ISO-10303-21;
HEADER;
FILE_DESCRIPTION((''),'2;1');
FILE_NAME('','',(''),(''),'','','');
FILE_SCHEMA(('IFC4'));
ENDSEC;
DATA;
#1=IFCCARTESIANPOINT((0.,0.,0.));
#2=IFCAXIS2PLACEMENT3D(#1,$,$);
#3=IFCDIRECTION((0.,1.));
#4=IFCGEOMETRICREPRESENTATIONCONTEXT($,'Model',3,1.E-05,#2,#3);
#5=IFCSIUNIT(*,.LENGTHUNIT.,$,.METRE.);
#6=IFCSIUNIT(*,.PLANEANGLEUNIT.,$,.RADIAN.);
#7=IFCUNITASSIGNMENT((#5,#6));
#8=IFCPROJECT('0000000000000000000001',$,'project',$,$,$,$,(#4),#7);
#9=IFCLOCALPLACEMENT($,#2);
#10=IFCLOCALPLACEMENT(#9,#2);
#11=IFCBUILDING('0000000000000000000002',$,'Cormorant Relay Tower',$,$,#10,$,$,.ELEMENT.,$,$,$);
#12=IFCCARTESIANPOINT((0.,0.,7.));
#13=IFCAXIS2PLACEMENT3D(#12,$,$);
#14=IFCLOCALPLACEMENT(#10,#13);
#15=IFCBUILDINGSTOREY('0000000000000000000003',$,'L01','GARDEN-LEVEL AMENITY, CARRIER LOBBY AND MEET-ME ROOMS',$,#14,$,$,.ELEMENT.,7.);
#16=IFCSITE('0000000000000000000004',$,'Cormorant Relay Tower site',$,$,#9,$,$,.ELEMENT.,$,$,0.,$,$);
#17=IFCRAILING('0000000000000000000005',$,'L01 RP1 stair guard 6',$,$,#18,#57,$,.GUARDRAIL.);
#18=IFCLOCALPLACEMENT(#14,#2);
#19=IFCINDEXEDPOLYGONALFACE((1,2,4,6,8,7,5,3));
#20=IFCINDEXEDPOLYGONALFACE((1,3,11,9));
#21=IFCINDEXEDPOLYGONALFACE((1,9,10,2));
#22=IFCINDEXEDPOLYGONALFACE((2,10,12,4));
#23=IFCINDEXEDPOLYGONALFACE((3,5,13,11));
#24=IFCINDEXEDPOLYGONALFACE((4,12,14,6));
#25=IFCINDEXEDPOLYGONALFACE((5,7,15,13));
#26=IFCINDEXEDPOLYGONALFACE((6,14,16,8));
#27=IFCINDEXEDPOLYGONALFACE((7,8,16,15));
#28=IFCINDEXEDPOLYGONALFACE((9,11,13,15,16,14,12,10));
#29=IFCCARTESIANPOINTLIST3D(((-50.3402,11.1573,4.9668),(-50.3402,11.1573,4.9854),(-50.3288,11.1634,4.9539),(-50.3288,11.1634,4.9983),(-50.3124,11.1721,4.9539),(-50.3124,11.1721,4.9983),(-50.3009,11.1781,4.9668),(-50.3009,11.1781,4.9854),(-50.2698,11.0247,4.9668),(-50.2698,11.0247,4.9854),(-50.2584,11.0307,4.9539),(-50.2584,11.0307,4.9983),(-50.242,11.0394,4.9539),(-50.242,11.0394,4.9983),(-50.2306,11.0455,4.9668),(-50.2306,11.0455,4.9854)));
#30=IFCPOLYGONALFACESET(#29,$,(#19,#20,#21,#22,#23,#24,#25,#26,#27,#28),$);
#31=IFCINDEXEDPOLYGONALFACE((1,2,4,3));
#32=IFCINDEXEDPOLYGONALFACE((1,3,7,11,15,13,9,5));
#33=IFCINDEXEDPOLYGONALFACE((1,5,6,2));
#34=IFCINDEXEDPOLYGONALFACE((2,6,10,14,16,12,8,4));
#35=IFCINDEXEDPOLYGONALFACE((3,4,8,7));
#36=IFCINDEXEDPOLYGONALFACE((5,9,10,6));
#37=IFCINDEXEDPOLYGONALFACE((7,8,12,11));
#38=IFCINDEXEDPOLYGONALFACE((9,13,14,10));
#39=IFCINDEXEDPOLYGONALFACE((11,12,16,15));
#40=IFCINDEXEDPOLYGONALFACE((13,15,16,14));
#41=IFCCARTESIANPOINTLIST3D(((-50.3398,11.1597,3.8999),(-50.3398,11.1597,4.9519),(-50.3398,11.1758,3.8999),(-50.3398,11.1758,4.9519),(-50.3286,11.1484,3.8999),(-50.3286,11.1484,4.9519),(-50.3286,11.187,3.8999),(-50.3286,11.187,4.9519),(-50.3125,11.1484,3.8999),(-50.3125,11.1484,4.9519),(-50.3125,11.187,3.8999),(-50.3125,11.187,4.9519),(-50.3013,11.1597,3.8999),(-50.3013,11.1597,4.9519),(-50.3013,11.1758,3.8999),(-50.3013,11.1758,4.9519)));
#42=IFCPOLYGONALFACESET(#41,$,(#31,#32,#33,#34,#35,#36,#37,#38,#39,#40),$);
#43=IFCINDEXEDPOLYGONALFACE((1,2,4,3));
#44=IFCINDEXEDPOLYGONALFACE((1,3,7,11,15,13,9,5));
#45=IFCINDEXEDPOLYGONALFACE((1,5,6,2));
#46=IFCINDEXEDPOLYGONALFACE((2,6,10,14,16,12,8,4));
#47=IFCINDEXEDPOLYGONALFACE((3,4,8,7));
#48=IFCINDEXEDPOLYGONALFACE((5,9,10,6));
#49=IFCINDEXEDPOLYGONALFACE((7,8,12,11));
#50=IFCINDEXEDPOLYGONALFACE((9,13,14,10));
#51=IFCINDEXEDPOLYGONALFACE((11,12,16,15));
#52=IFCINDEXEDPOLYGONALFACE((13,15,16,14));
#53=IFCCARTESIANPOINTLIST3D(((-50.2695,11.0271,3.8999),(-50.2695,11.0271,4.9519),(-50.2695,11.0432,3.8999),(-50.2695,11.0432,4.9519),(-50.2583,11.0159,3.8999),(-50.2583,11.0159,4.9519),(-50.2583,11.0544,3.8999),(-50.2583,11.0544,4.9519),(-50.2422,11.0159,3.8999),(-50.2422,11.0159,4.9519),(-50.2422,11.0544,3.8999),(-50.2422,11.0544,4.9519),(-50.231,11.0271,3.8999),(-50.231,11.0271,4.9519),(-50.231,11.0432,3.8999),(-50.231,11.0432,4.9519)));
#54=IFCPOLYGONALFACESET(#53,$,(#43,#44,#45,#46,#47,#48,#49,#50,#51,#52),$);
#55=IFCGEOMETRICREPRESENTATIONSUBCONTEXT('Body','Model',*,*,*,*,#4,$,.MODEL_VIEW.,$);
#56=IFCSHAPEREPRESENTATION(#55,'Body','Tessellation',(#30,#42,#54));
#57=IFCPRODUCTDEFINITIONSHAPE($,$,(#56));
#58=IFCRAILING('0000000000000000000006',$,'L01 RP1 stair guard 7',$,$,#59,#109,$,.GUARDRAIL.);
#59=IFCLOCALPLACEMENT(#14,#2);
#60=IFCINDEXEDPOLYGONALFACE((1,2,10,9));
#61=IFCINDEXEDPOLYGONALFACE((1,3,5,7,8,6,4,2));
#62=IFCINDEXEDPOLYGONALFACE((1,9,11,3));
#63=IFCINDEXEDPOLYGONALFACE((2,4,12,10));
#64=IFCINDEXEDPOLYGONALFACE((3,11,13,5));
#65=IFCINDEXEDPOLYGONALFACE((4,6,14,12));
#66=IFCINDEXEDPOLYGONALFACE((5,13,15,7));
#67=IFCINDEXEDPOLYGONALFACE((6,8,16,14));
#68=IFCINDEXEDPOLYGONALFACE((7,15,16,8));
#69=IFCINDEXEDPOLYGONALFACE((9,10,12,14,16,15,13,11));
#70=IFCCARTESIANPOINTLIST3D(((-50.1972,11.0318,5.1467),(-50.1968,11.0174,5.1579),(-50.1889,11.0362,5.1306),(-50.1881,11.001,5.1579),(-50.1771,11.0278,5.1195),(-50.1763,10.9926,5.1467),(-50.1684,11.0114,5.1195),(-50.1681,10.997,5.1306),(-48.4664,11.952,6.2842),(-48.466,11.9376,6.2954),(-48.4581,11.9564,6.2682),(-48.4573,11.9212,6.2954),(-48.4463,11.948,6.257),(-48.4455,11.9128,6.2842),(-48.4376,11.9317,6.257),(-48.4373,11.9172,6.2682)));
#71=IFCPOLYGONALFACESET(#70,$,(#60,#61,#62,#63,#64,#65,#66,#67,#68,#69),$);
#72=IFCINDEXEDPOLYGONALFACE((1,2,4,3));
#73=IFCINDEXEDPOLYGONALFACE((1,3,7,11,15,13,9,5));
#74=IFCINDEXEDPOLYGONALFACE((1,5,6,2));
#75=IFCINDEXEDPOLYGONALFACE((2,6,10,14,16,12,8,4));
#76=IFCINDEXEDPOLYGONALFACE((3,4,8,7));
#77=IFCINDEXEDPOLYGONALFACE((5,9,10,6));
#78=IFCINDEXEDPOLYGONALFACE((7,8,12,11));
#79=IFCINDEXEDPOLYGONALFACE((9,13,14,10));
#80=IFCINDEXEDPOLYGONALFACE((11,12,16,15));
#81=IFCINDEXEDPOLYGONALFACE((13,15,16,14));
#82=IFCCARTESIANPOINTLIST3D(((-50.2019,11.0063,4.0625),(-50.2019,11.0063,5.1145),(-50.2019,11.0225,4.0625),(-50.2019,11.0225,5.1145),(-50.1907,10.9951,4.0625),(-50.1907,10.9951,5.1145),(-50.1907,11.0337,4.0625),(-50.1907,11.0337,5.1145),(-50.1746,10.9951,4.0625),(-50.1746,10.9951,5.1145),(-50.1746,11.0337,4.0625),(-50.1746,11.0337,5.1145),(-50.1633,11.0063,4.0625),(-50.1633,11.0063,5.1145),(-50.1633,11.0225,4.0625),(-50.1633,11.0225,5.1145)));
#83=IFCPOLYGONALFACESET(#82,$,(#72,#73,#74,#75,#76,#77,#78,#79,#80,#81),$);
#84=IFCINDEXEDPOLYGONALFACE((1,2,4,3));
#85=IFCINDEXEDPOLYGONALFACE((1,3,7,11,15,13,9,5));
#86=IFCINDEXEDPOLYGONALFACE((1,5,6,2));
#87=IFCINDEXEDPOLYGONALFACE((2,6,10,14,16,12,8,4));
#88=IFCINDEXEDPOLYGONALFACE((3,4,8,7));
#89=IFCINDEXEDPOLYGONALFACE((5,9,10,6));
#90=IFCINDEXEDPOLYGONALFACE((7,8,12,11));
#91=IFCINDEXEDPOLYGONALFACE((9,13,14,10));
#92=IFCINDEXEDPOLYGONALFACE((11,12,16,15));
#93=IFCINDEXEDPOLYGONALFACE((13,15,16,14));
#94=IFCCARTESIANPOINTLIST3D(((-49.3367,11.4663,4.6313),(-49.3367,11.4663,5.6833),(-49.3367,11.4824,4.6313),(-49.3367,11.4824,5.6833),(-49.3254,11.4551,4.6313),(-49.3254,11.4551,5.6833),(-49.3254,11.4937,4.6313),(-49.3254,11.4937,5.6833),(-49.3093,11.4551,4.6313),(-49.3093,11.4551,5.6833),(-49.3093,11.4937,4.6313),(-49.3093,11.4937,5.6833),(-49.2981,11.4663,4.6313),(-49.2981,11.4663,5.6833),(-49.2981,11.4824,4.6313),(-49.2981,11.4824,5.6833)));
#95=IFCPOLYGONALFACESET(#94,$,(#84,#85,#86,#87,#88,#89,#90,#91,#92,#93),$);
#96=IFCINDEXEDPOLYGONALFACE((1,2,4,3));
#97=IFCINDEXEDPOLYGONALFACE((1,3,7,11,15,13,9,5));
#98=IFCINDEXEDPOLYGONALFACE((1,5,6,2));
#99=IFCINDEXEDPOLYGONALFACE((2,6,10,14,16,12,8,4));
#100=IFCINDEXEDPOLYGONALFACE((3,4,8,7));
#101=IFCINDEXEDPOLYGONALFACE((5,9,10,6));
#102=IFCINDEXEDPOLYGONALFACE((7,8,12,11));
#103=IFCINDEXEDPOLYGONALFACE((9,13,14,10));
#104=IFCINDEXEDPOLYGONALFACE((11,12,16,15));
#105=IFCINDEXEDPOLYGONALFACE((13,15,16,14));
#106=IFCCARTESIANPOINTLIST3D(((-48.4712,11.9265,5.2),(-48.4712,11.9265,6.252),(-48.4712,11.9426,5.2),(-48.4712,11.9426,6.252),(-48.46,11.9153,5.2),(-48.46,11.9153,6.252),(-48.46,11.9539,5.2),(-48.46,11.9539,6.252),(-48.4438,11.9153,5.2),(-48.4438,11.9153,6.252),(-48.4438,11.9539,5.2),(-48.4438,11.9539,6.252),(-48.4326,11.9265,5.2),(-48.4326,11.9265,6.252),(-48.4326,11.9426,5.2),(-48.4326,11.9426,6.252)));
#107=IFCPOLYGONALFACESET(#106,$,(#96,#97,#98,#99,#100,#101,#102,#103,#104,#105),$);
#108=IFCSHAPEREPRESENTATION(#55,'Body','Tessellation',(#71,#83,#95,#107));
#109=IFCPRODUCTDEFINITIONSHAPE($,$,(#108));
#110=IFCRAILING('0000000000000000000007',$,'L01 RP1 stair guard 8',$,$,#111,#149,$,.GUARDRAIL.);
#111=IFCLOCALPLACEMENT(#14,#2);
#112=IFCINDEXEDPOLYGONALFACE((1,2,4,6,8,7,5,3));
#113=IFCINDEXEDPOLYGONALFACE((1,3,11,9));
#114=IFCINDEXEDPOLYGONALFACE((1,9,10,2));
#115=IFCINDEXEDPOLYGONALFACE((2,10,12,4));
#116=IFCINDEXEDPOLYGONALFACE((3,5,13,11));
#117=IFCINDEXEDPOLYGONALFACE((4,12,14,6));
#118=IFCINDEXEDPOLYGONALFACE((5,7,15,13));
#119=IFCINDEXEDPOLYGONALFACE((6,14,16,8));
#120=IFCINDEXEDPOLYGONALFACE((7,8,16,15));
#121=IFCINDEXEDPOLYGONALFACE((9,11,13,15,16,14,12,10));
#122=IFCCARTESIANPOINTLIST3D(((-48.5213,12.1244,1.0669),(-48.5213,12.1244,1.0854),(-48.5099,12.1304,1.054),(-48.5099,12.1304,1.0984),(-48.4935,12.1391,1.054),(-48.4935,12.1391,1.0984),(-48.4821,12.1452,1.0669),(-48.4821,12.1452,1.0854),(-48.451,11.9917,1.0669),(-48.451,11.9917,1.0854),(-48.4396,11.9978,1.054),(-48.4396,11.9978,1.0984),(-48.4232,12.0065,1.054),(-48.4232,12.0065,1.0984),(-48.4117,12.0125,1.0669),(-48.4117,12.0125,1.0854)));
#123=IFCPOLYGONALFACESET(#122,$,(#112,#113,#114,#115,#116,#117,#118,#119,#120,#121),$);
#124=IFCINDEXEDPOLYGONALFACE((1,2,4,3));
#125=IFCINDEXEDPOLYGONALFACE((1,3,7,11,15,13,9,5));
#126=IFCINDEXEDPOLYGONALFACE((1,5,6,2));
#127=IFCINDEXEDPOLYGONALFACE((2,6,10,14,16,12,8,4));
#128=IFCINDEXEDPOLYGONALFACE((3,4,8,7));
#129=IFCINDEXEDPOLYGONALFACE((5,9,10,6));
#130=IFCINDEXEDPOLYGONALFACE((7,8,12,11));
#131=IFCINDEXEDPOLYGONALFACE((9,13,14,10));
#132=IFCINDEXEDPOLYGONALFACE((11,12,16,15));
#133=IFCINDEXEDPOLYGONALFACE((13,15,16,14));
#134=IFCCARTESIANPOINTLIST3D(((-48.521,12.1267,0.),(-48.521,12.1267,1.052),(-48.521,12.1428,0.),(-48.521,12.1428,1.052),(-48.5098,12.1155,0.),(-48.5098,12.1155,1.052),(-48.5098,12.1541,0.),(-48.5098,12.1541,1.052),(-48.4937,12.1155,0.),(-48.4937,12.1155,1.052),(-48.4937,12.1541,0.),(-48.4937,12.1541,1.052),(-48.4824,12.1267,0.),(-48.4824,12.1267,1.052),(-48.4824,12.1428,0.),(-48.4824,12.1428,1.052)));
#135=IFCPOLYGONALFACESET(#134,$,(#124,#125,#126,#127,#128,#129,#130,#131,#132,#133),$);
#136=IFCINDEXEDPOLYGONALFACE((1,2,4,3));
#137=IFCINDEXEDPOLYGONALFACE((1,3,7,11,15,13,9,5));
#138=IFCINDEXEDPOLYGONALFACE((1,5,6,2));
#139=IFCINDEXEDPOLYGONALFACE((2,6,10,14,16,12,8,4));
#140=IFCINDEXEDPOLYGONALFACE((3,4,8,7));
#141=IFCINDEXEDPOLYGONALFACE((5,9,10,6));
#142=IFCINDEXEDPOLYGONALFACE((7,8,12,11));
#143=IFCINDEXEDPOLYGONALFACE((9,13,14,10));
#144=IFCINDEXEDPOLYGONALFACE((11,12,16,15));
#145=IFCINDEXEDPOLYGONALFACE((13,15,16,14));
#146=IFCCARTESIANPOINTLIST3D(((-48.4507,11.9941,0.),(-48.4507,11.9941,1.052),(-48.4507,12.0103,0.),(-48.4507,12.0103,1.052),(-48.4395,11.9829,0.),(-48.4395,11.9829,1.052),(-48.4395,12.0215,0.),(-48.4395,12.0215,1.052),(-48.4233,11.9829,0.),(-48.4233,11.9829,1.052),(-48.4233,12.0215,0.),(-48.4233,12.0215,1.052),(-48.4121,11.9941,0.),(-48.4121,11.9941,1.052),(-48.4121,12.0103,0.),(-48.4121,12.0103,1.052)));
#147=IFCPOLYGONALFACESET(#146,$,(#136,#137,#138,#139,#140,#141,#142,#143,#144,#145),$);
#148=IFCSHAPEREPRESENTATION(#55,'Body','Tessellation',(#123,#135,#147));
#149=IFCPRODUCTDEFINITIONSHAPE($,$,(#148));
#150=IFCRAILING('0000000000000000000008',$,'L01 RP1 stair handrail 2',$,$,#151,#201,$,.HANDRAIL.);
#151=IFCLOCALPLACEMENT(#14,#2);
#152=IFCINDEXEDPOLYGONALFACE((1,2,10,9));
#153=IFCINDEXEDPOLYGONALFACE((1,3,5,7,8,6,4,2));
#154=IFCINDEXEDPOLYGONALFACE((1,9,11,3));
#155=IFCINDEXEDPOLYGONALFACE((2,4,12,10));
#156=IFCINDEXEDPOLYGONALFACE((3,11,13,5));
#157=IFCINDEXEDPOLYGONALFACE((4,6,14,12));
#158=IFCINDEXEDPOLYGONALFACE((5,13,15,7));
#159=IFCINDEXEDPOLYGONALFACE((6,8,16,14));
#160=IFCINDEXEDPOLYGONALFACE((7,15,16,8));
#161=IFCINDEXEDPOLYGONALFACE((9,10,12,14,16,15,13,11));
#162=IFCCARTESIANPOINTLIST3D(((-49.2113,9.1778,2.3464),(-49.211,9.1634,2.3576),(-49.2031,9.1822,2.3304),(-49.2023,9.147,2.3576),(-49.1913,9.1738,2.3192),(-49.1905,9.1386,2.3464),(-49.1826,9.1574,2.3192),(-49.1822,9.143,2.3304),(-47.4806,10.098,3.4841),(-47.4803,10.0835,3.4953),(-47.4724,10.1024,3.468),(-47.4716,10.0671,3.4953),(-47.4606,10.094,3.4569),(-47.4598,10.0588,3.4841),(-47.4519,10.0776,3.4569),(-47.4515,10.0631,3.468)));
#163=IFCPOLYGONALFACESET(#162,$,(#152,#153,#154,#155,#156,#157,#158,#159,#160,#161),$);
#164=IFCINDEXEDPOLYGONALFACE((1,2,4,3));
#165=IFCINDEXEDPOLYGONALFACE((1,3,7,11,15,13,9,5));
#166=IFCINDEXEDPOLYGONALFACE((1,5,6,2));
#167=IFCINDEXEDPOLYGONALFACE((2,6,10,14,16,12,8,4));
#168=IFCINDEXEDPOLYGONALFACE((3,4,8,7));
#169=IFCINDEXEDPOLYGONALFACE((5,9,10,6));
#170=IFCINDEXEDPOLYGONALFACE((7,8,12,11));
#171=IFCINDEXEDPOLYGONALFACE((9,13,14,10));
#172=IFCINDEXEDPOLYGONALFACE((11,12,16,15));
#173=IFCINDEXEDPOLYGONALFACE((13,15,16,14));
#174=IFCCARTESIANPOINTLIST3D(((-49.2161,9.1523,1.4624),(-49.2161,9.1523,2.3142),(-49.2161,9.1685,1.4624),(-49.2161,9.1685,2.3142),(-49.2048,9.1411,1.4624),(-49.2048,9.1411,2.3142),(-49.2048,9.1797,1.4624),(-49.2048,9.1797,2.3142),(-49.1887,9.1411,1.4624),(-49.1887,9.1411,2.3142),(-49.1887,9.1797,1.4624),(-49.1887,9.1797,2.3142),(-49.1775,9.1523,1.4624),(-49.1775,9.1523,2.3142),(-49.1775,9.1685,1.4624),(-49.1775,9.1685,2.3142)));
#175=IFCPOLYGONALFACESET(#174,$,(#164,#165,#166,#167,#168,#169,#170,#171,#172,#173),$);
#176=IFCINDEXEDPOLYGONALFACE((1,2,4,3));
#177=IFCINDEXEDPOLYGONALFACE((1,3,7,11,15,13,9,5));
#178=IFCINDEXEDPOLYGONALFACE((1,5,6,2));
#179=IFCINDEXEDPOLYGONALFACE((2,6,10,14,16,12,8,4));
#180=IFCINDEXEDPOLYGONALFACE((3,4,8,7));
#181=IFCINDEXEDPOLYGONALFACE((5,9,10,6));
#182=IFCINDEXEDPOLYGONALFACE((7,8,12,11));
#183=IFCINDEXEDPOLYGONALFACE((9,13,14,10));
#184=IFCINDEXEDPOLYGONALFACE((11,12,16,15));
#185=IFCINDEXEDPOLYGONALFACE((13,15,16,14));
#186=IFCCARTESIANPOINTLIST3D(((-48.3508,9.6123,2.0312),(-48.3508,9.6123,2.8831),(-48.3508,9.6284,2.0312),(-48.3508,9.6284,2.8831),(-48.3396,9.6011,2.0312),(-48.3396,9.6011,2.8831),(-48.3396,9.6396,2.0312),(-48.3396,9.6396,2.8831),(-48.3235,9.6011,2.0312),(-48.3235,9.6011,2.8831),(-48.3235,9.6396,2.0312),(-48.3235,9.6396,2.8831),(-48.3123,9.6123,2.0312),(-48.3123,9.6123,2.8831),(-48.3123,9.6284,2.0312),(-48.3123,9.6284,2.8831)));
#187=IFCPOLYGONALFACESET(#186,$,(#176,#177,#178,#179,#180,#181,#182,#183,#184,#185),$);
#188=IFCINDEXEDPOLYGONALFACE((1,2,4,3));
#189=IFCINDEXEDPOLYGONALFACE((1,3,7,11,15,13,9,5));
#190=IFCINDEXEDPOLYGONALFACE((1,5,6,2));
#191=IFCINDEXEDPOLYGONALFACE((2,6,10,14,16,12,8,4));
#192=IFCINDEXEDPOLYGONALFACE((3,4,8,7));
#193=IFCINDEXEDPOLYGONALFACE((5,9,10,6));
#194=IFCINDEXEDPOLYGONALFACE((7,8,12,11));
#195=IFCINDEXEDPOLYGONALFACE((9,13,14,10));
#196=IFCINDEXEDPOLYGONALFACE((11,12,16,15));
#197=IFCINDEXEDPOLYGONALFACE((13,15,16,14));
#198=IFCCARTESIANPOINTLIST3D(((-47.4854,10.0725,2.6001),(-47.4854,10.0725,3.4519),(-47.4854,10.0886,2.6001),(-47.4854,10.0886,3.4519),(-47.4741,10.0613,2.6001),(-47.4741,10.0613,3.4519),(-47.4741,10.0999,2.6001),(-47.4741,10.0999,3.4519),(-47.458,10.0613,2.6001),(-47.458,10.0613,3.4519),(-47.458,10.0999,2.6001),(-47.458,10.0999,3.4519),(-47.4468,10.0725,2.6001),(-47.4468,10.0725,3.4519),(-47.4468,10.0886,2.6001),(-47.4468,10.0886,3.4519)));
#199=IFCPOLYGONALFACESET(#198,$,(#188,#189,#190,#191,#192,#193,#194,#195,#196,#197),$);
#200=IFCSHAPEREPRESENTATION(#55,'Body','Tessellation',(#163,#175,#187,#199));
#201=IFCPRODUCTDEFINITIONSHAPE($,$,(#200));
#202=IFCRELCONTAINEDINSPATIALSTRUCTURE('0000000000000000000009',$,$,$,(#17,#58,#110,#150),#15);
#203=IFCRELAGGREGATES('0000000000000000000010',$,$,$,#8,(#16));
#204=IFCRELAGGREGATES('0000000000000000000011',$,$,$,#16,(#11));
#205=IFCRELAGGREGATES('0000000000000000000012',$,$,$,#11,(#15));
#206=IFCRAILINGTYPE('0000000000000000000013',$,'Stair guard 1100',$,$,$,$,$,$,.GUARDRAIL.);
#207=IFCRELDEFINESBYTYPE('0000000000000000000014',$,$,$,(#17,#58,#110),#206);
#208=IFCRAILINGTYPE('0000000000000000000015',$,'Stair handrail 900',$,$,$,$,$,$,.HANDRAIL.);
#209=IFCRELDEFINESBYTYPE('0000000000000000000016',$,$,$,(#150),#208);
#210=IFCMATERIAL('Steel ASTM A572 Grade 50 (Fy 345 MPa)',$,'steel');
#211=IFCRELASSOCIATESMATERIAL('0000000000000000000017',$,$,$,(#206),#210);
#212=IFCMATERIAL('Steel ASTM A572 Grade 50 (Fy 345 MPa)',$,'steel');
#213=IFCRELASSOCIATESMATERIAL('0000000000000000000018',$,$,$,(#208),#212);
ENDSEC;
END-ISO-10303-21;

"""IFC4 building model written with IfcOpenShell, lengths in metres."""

from ifc_helpers import new_model, si_unit, direction, frame, origin, place, context, subcontext, project, spatial, polyline, outline, extrude, material, type_object, element, save


model = new_model("IFC4")

# Units and contexts
model_context = context("Model", 3, precision=1e-05, world=origin(), true_north=direction((0.0, 1.0)))
body_context = subcontext(model_context, "Body", "Model", "MODEL_VIEW")
ifc_project = project(units=[si_unit("LENGTHUNIT", "METRE"), si_unit("PLANEANGLEUNIT", "RADIAN")], contexts=[model_context])

# Site, building, storey
site_placement = place(None, origin())
site = spatial("IfcSite", under=ifc_project, at=site_placement, Name="Cormorant Relay Tower site", CompositionType="ELEMENT", RefElevation=0.0)
building_placement = place(site_placement, origin())
building = spatial("IfcBuilding", under=site, at=building_placement, Name="Cormorant Relay Tower", CompositionType="ELEMENT")
storey_placement = place(building_placement, frame((0.0, 0.0, 7.0)))
storey = spatial("IfcBuildingStorey", under=building, at=storey_placement, Name="L01", Description="GARDEN-LEVEL AMENITY, CARRIER LOBBY AND MEET-ME ROOMS", CompositionType="ELEMENT", Elevation=7.0)

# Railings
ifc_material_1 = material(Name="Steel ASTM A572 Grade 50 (Fy 345 MPa)", Category="steel")
railing_type_1 = type_object("IfcRailingType", Name="Stair guard 1100", PredefinedType="GUARDRAIL", material=ifc_material_1)
railing_1_placement = place(storey_placement, frame((-50.3206, 11.1677, 3.8999)))
element("IfcRailing", 1, at=railing_1_placement, inside=storey, type_object=railing_type_1, Name="L01 RP1 stair guard 6", PredefinedType="GUARDRAIL", context=body_context, shape_type="SweptSolid", body=[
    extrude(outline(polyline([(0.0222, 0.0093), (0.0093, 0.0222), (-0.0093, 0.0222), (-0.0222, 0.0093), (-0.0222, -0.0093), (-0.0093, -0.0222), (0.0093, -0.0222), (0.0222, -0.0093), (0.0222, 0.0093)])), frame((0.0, 0.0, 1.0762), z_axis=(0.46856, -0.883431, 0.0), x_axis=(0.883431, 0.46856, 0.0)), (0.0, 0.0, 1.0), 0.1501),
    extrude(outline(polyline([(0.0193, 0.0081), (0.0081, 0.0193), (-0.0081, 0.0193), (-0.0193, 0.0081), (-0.0193, -0.0081), (-0.0081, -0.0193), (0.0081, -0.0193), (0.0193, -0.0081), (0.0193, 0.0081)])), origin(), (0.0, 0.0, 1.0), 1.052),
    extrude(outline(polyline([(0.0193, 0.0081), (0.0081, 0.0193), (-0.0081, 0.0193), (-0.0193, 0.0081), (-0.0193, -0.0081), (-0.0081, -0.0193), (0.0081, -0.0193), (0.0193, -0.0081), (0.0193, 0.0081)])), frame((0.0703, -0.1326, 0.0)), (0.0, 0.0, 1.0), 1.052),
])
railing_2_placement = place(storey_placement, frame((-50.1826, 11.0144, 4.0625)))
element("IfcRailing", 2, at=railing_2_placement, inside=storey, type_object=railing_type_1, Name="L01 RP1 stair guard 7", PredefinedType="GUARDRAIL", context=body_context, shape_type="SweptSolid", body=[
    extrude(outline(polyline([(0.0222, 0.0093), (0.0093, 0.0222), (-0.0093, 0.0222), (-0.0222, 0.0093), (-0.0222, -0.0093), (-0.0093, -0.0222), (0.0093, -0.0222), (0.0222, -0.0093), (0.0222, 0.0093)])), frame((0.0, 0.0, 1.0762), z_axis=(0.763692, 0.406031, 0.50191), x_axis=(-0.469444, 0.882962, 0.0)), (0.0, 0.0, 1.0), 2.2664),
    extrude(outline(polyline([(0.0193, 0.0081), (0.0081, 0.0193), (-0.0081, 0.0193), (-0.0193, 0.0081), (-0.0193, -0.0081), (-0.0081, -0.0193), (0.0081, -0.0193), (0.0193, -0.0081), (0.0193, 0.0081)])), origin(), (0.0, 0.0, 1.0), 1.052),
    extrude(outline(polyline([(0.0193, 0.0081), (0.0081, 0.0193), (-0.0081, 0.0193), (-0.0193, 0.0081), (-0.0193, -0.0081), (-0.0081, -0.0193), (0.0081, -0.0193), (0.0193, -0.0081), (0.0193, 0.0081)])), frame((0.8652, 0.46, 0.5688)), (0.0, 0.0, 1.0), 1.052),
    extrude(outline(polyline([(0.0193, 0.0081), (0.0081, 0.0193), (-0.0081, 0.0193), (-0.0193, 0.0081), (-0.0193, -0.0081), (-0.0081, -0.0193), (0.0081, -0.0193), (0.0193, -0.0081), (0.0193, 0.0081)])), frame((1.7307, 0.9202, 1.1375)), (0.0, 0.0, 1.0), 1.052),
])
railing_3_placement = place(storey_placement, frame((-48.5017, 12.1348, 0.0)))
element("IfcRailing", 3, at=railing_3_placement, inside=storey, type_object=railing_type_1, Name="L01 RP1 stair guard 8", PredefinedType="GUARDRAIL", context=body_context, shape_type="SweptSolid", body=[
    extrude(outline(polyline([(0.0222, 0.0093), (0.0093, 0.0222), (-0.0093, 0.0222), (-0.0222, 0.0093), (-0.0222, -0.0093), (-0.0093, -0.0222), (0.0093, -0.0222), (0.0222, -0.0093), (0.0222, 0.0093)])), frame((0.0, 0.0, 1.0762), z_axis=(0.46856, -0.883431, 0.0), x_axis=(0.883431, 0.46856, 0.0)), (0.0, 0.0, 1.0), 0.1501),
    extrude(outline(polyline([(0.0193, 0.0081), (0.0081, 0.0193), (-0.0081, 0.0193), (-0.0193, 0.0081), (-0.0193, -0.0081), (-0.0081, -0.0193), (0.0081, -0.0193), (0.0193, -0.0081), (0.0193, 0.0081)])), origin(), (0.0, 0.0, 1.0), 1.052),
    extrude(outline(polyline([(0.0193, 0.0081), (0.0081, 0.0193), (-0.0081, 0.0193), (-0.0193, 0.0081), (-0.0193, -0.0081), (-0.0081, -0.0193), (0.0081, -0.0193), (0.0193, -0.0081), (0.0193, 0.0081)])), frame((0.0703, -0.1326, 0.0)), (0.0, 0.0, 1.0), 1.052),
])
ifc_material_2 = material(Name="Steel ASTM A572 Grade 50 (Fy 345 MPa)", Category="steel")
railing_type_2 = type_object("IfcRailingType", Name="Stair handrail 900", PredefinedType="HANDRAIL", material=ifc_material_2)
railing_4_placement = place(storey_placement, frame((-49.1968, 9.1604, 1.4624)))
element("IfcRailing", 4, at=railing_4_placement, inside=storey, type_object=railing_type_2, Name="L01 RP1 stair handrail 2", PredefinedType="HANDRAIL", context=body_context, shape_type="SweptSolid", body=[
    extrude(outline(polyline([(0.0222, 0.0093), (0.0093, 0.0222), (-0.0093, 0.0222), (-0.0222, 0.0093), (-0.0222, -0.0093), (-0.0093, -0.0222), (0.0093, -0.0222), (0.0222, -0.0093), (0.0222, 0.0093)])), frame((0.0, 0.0, 0.876), z_axis=(0.76365, 0.406009, 0.501991), x_axis=(-0.469444, 0.882962, 0.0)), (0.0, 0.0, 1.0), 2.2664),
    extrude(outline(polyline([(0.0193, 0.0081), (0.0081, 0.0193), (-0.0081, 0.0193), (-0.0193, 0.0081), (-0.0193, -0.0081), (-0.0081, -0.0193), (0.0081, -0.0193), (0.0193, -0.0081), (0.0193, 0.0081)])), origin(), (0.0, 0.0, 1.0), 0.8518),
    extrude(outline(polyline([(0.0193, 0.0081), (0.0081, 0.0193), (-0.0081, 0.0193), (-0.0193, 0.0081), (-0.0193, -0.0081), (-0.0081, -0.0193), (0.0081, -0.0193), (0.0193, -0.0081), (0.0193, 0.0081)])), frame((0.8652, 0.46, 0.5688)), (0.0, 0.0, 1.0), 0.8518),
    extrude(outline(polyline([(0.0193, 0.0081), (0.0081, 0.0193), (-0.0081, 0.0193), (-0.0193, 0.0081), (-0.0193, -0.0081), (-0.0081, -0.0193), (0.0081, -0.0193), (0.0193, -0.0081), (0.0193, 0.0081)])), frame((1.7307, 0.9202, 1.1377)), (0.0, 0.0, 1.0), 0.8518),
])

save(model, "model.ifc")
